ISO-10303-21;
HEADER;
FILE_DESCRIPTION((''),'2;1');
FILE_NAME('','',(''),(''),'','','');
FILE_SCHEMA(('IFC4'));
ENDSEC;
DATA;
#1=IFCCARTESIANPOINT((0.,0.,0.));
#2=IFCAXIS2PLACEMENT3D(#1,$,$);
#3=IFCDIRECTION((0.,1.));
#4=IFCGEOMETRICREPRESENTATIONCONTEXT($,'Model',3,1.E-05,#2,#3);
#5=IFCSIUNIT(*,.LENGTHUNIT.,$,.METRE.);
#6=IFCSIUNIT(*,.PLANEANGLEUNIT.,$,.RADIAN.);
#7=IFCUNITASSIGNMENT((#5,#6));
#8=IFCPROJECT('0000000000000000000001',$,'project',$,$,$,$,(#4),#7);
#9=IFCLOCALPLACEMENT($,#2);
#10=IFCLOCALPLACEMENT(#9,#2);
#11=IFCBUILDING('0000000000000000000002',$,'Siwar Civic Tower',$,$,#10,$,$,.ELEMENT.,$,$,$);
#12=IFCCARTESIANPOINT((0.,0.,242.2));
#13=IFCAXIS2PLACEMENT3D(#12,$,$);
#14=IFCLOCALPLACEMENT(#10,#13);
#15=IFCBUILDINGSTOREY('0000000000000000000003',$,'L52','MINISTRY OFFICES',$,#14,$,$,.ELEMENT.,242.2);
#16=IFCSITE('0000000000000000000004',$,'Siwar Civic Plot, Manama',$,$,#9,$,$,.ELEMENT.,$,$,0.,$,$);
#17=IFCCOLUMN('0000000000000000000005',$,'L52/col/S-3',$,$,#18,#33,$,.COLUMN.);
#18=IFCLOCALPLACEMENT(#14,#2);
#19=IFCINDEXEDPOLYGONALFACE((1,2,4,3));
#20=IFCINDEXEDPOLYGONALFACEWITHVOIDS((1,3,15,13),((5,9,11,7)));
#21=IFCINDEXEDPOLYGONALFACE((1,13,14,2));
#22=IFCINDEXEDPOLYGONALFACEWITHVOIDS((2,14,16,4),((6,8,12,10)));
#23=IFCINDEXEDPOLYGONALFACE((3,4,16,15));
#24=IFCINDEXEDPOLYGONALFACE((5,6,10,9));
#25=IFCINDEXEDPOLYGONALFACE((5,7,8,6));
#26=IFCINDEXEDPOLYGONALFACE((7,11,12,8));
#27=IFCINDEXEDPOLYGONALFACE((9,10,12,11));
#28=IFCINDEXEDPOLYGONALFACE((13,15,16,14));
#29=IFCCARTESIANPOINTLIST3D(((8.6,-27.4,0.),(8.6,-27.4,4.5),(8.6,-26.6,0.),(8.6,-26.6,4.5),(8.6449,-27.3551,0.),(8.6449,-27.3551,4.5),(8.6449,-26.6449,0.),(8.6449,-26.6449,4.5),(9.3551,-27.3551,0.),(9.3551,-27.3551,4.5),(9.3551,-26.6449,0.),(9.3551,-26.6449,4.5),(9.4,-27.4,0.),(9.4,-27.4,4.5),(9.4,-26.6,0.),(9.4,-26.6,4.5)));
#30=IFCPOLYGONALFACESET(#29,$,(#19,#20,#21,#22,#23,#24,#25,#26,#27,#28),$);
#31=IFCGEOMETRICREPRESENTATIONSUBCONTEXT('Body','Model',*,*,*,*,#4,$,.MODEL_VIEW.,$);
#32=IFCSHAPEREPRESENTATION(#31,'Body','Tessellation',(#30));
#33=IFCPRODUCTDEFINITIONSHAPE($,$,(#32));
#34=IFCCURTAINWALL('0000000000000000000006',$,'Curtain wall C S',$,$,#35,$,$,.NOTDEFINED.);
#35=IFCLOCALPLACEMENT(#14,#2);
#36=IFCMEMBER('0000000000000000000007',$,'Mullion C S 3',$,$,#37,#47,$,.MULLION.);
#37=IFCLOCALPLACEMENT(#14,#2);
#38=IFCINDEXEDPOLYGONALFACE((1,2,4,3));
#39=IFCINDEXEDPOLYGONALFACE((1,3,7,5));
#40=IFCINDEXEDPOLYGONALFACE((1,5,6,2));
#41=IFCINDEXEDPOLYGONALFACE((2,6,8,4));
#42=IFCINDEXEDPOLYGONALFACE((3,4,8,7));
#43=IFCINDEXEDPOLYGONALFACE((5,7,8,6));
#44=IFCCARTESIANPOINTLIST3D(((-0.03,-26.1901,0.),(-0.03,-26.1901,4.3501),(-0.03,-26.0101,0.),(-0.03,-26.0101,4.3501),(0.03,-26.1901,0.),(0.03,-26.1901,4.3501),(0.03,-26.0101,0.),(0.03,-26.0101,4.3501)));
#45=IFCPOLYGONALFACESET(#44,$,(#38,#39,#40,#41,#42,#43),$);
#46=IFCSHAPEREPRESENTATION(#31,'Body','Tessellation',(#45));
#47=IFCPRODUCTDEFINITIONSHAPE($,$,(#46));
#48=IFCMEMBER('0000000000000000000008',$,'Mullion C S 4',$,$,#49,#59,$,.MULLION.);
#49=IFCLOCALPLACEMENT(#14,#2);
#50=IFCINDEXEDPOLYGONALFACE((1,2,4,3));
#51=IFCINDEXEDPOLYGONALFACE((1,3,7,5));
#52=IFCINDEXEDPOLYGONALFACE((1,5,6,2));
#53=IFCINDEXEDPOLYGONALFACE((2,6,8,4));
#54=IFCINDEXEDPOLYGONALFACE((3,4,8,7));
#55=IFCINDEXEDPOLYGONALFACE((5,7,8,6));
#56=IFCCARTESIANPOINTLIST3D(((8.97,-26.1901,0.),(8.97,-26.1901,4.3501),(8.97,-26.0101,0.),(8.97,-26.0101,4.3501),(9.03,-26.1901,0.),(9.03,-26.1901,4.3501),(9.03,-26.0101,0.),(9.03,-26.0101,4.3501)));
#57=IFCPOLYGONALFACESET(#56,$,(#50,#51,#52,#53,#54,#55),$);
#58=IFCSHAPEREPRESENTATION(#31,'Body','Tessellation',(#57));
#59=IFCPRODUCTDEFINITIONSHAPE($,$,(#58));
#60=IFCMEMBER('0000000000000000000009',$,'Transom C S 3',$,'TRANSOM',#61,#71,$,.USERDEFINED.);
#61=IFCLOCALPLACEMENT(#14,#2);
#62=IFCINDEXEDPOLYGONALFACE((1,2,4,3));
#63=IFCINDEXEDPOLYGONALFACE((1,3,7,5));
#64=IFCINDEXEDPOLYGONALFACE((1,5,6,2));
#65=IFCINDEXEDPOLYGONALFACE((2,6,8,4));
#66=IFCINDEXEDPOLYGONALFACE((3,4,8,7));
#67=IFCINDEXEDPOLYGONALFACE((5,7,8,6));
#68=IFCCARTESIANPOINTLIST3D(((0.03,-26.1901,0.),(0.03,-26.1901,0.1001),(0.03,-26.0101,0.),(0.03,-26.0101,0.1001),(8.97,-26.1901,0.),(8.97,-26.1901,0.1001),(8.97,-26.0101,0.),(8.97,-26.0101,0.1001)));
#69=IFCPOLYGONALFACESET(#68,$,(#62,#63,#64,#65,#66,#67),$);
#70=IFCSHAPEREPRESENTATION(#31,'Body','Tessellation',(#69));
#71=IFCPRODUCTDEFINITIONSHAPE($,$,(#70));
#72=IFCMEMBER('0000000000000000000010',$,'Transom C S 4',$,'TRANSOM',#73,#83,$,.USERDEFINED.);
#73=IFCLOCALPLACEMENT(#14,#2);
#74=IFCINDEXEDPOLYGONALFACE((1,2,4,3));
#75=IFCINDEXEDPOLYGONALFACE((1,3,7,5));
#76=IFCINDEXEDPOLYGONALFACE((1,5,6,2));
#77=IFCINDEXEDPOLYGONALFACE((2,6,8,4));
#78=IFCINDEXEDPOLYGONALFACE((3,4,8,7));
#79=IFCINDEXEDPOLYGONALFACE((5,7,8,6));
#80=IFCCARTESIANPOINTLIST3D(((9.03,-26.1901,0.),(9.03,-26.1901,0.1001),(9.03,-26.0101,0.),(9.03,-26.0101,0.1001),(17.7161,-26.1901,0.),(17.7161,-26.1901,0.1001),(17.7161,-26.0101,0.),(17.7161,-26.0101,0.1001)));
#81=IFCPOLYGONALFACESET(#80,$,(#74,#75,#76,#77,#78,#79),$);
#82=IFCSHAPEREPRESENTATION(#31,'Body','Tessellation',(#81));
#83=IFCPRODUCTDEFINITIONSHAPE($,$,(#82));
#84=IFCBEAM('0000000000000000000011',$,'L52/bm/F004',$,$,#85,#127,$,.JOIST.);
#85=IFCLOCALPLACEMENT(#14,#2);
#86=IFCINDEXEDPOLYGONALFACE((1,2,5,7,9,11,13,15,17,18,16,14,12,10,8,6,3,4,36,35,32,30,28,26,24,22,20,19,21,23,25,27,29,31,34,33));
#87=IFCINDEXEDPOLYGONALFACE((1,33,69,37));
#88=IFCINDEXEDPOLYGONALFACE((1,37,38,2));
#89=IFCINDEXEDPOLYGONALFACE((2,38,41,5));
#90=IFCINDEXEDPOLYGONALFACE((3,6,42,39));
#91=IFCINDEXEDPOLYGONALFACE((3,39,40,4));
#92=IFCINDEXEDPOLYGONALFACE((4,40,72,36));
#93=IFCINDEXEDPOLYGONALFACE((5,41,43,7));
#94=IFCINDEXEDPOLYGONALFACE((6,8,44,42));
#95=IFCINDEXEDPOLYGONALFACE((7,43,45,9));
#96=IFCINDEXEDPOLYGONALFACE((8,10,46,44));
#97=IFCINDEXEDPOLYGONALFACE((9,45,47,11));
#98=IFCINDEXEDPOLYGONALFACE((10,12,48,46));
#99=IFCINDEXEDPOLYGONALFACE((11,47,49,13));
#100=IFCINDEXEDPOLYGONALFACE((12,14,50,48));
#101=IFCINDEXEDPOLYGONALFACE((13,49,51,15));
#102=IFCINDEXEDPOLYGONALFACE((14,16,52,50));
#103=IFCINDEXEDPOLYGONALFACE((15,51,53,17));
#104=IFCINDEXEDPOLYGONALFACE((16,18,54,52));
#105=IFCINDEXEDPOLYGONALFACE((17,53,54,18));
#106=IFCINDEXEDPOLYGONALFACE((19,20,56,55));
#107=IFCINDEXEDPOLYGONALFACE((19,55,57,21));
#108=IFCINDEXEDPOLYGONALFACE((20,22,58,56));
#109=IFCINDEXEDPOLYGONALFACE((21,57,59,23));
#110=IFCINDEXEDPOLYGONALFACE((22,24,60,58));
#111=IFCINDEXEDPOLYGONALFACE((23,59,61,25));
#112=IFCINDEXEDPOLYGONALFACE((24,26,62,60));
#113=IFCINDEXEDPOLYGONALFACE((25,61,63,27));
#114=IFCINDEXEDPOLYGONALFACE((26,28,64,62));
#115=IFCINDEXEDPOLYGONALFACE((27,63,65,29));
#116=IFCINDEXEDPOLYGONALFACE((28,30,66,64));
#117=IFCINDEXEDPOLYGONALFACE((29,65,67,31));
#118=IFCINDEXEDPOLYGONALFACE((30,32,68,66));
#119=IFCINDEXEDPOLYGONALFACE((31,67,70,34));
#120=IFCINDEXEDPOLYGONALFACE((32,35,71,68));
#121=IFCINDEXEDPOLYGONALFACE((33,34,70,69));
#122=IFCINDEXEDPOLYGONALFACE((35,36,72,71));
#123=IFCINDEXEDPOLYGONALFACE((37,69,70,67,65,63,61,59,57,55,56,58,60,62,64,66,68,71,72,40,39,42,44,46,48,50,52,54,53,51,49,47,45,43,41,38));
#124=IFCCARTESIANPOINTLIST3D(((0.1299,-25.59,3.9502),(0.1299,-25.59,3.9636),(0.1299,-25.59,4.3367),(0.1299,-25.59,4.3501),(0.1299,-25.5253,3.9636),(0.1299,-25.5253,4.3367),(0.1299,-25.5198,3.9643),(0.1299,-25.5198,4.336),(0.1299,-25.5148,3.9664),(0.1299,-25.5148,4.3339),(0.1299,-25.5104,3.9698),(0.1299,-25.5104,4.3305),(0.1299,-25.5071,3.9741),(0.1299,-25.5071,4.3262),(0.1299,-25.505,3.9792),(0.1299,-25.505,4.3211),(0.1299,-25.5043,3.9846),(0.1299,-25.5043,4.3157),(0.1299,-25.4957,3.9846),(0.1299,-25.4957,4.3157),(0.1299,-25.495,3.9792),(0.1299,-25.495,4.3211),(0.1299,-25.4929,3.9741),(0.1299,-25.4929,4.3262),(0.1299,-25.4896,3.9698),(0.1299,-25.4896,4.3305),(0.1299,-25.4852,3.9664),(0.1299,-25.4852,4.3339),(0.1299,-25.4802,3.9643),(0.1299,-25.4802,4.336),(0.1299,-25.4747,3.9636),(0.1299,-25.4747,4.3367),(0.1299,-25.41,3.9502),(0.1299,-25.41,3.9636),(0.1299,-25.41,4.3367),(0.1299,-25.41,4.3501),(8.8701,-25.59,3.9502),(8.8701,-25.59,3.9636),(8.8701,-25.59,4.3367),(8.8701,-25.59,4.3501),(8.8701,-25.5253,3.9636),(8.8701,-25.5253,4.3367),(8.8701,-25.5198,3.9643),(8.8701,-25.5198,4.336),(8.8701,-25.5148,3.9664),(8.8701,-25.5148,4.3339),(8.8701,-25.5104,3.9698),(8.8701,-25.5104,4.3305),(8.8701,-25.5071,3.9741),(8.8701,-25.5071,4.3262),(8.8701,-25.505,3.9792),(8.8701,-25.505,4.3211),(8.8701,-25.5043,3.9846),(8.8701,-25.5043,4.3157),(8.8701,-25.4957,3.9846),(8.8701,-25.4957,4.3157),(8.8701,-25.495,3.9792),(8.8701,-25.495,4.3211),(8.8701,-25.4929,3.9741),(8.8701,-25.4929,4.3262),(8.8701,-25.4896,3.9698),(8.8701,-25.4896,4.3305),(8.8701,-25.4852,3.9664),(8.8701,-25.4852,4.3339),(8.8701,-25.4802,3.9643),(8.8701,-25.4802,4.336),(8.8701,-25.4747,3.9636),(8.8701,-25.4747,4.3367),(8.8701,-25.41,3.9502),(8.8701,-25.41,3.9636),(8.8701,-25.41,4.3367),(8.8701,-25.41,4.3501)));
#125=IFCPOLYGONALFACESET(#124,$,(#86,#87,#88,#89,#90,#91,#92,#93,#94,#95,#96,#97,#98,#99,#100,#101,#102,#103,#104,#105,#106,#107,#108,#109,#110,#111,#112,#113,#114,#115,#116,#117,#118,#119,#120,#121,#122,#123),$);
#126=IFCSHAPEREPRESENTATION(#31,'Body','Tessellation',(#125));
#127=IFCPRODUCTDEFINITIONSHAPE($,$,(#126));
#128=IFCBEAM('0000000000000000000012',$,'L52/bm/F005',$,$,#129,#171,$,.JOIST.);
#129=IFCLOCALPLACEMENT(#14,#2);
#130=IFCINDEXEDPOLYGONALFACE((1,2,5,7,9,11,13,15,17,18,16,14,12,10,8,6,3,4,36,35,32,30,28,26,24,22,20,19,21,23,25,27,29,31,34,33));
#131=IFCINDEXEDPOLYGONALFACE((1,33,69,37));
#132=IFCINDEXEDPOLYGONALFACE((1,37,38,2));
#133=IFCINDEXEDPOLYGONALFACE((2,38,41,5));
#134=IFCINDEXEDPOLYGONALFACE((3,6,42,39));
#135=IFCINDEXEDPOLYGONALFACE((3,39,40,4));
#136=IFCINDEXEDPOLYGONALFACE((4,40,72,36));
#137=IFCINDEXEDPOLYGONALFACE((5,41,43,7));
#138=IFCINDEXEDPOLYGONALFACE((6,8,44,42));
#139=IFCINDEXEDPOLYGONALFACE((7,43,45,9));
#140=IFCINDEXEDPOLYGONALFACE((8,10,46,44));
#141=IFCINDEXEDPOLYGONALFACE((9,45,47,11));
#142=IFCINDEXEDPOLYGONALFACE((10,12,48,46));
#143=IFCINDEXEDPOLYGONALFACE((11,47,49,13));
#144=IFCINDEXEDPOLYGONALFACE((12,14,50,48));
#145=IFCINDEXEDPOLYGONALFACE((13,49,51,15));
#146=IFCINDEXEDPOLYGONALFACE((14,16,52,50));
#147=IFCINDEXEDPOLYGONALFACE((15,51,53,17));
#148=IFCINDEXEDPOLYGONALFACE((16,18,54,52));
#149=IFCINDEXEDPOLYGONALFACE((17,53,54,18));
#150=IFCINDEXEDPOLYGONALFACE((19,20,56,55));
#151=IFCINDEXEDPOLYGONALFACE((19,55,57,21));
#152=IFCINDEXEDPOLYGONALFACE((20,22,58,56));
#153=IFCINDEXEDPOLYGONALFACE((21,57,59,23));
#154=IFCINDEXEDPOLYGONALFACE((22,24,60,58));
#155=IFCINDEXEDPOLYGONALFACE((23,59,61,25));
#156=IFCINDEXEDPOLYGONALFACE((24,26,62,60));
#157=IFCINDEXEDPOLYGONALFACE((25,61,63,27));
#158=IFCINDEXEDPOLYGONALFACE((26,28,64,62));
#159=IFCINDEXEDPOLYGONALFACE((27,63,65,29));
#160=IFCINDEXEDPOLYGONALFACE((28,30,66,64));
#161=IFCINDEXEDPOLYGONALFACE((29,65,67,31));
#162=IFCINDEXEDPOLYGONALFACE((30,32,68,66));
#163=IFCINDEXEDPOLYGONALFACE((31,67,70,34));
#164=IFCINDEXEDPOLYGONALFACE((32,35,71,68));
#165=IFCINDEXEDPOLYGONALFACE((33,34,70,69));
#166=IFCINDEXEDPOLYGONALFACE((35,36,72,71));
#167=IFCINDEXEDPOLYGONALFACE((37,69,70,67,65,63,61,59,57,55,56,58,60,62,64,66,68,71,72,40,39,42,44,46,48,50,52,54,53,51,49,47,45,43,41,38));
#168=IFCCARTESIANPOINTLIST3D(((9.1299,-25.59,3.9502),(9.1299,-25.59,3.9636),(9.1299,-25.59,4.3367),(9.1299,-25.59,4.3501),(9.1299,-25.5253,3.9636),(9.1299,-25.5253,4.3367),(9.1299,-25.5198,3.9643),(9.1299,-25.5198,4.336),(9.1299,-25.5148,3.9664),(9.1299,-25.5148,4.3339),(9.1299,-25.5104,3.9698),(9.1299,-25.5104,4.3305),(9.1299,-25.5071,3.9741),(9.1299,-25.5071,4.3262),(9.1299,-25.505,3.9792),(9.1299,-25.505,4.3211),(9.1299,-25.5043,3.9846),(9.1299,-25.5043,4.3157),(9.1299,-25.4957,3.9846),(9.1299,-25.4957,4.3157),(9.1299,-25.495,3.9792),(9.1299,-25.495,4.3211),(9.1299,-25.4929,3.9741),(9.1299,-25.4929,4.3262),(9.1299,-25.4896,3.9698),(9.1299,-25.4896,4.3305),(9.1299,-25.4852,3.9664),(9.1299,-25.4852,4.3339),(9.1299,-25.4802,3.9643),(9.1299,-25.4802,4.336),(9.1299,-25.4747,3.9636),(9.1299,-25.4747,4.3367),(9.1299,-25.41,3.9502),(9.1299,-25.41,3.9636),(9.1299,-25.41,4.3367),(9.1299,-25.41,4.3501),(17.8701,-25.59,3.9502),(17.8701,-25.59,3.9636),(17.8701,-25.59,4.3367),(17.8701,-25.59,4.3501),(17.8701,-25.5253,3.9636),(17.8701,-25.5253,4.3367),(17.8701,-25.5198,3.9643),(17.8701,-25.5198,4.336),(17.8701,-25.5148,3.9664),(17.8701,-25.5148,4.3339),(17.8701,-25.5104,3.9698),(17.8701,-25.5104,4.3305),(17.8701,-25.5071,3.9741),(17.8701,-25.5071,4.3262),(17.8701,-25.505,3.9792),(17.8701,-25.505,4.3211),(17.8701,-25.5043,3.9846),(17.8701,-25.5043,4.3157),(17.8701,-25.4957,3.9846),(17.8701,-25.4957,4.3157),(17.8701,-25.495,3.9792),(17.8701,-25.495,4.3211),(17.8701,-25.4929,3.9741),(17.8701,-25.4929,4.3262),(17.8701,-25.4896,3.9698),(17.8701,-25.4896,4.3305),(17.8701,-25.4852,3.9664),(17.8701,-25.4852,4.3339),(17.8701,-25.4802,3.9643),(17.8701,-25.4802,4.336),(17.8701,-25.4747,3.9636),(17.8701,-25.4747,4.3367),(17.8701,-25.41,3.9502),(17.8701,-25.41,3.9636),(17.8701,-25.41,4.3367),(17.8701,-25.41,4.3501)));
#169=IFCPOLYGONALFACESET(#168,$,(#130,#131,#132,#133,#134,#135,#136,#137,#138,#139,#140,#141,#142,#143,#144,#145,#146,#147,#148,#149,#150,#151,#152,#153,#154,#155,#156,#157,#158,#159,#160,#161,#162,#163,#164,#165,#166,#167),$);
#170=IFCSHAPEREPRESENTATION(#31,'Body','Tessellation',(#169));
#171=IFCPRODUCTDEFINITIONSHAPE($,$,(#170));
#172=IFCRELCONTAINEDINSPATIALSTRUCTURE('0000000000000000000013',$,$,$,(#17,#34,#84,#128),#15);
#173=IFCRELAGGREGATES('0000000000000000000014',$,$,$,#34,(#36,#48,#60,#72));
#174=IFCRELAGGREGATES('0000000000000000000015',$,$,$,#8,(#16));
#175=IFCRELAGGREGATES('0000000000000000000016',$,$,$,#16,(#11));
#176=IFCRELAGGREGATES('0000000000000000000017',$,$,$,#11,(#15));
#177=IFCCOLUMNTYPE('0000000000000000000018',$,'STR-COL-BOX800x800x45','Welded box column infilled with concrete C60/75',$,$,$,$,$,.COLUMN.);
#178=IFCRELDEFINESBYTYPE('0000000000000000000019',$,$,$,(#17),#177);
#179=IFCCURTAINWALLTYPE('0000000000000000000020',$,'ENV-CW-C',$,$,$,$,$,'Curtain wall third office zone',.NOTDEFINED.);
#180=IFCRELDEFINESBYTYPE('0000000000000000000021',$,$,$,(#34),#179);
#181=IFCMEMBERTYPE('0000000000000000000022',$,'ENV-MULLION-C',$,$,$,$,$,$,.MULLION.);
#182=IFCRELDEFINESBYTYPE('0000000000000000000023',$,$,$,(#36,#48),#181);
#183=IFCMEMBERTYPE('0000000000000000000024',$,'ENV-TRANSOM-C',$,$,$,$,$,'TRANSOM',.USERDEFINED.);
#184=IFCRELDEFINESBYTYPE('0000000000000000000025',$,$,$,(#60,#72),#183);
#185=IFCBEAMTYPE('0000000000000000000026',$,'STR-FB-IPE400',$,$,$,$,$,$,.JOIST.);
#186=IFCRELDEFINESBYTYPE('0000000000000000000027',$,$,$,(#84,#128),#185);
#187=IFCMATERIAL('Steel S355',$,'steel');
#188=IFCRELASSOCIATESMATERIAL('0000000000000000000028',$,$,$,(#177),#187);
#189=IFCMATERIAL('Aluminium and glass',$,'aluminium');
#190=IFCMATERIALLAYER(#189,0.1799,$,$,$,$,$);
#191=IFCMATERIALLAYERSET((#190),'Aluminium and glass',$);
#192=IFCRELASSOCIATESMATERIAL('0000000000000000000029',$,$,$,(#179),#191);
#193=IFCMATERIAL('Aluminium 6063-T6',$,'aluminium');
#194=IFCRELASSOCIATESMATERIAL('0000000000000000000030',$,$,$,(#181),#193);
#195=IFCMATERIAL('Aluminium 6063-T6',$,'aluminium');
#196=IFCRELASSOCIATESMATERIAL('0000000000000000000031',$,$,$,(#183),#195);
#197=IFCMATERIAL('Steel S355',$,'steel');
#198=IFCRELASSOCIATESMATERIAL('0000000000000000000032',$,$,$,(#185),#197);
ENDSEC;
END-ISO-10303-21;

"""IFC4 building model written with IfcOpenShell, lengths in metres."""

from ifc_helpers import new_model, si_unit, direction, frame, origin, origin_2d, place, context, subcontext, project, spatial, rectangle, hollow_rectangle, i_section, extrude, material, layer, layer_set, material_profile, profile_set, type_object, element, aggregate, save


model = new_model("IFC4")

# Units and contexts
model_context = context("Model", 3, precision=1e-05, world=origin(), true_north=direction((0.0, 1.0)))
body_context = subcontext(model_context, "Body", "Model", "MODEL_VIEW")
ifc_project = project(units=[si_unit("LENGTHUNIT", "METRE"), si_unit("PLANEANGLEUNIT", "RADIAN")], contexts=[model_context])

# Site, building, storey
site_placement = place(None, origin())
site = spatial("IfcSite", under=ifc_project, at=site_placement, Name="Siwar Civic Plot, Manama", CompositionType="ELEMENT", RefElevation=0.0)
building_placement = place(site_placement, origin())
building = spatial("IfcBuilding", under=site, at=building_placement, Name="Siwar Civic Tower", CompositionType="ELEMENT")
storey_placement = place(building_placement, frame((0.0, 0.0, 242.2)))
storey = spatial("IfcBuildingStorey", under=building, at=storey_placement, Name="L52", Description="MINISTRY OFFICES", CompositionType="ELEMENT", Elevation=242.2)

# Column
ifc_material_1 = material(Name="Steel S355", Category="steel")
ifc_material_profile_1 = material_profile(ifc_material_1, hollow_rectangle(XDim=0.8, YDim=0.8, WallThickness=0.0449, at=origin_2d()), Name="BOX800x800x45")
ifc_profile_set_1 = profile_set([ifc_material_profile_1], Name="Steel S355")
column_type = type_object("IfcColumnType", Name="STR-COL-BOX800x800x45", Description="Welded box column infilled with concrete C60/75", PredefinedType="COLUMN", material=ifc_profile_set_1)
column_placement = place(storey_placement, frame((9.0, -27.0, 0.0), z_axis=(0.0, 0.0, 1.0), x_axis=(1.0, 0.0, 0.0)))
element("IfcColumn", 1, at=column_placement, inside=storey, type_object=column_type, Name="L52/col/S-3", PredefinedType="COLUMN", context=body_context, shape_type="SweptSolid", body=[
    extrude(hollow_rectangle(XDim=0.8, YDim=0.8, WallThickness=0.0449, at=origin_2d()), origin(), (0.0, 0.0, 1.0), 4.5),
])

# Curtain wall, members
ifc_material_2 = material(Name="Aluminium and glass", Category="aluminium")
ifc_layer_1 = layer(ifc_material_2, 0.1799)
ifc_layer_set_1 = layer_set([ifc_layer_1], Name="Aluminium and glass")
curtain_wall_type = type_object("IfcCurtainWallType", Name="ENV-CW-C", ElementType="Curtain wall third office zone", PredefinedType="NOTDEFINED", material=ifc_layer_set_1)
curtain_wall_placement = place(storey_placement, origin())
curtain_wall = element("IfcCurtainWall", 2, at=curtain_wall_placement, inside=storey, type_object=curtain_wall_type, Name="Curtain wall C S", PredefinedType="NOTDEFINED")
ifc_material_3 = material(Name="Aluminium 6063-T6", Category="aluminium")
ifc_material_profile_2 = material_profile(ifc_material_3, rectangle(XDim=0.1799, YDim=0.0601, at=origin_2d()), Name="AL 180x60")
ifc_profile_set_2 = profile_set([ifc_material_profile_2], Name="Aluminium 6063-T6")
member_type_1 = type_object("IfcMemberType", Name="ENV-MULLION-C", PredefinedType="MULLION", material=ifc_profile_set_2)
member_1_placement = place(storey_placement, frame((0.0, -26.1001, 0.0), z_axis=(0.0, 0.0, 1.0), x_axis=(0.0, 1.0, 0.0)))
member_1 = element("IfcMember", 3, at=member_1_placement, type_object=member_type_1, Name="Mullion C S 3", PredefinedType="MULLION", context=body_context, shape_type="SweptSolid", body=[
    extrude(rectangle(XDim=0.1799, YDim=0.0601, at=origin_2d()), origin(), (0.0, 0.0, 1.0), 4.3501),
])
member_2_placement = place(storey_placement, frame((9.0, -26.1001, 0.0), z_axis=(0.0, 0.0, 1.0), x_axis=(0.0, 1.0, 0.0)))
member_2 = element("IfcMember", 4, at=member_2_placement, type_object=member_type_1, Name="Mullion C S 4", PredefinedType="MULLION", context=body_context, shape_type="SweptSolid", body=[
    extrude(rectangle(XDim=0.1799, YDim=0.0601, at=origin_2d()), origin(), (0.0, 0.0, 1.0), 4.3501),
])
ifc_material_4 = material(Name="Aluminium 6063-T6", Category="aluminium")
ifc_material_profile_3 = material_profile(ifc_material_4, rectangle(XDim=0.1799, YDim=0.1001, at=origin_2d()), Name="AL 180x100")
ifc_profile_set_3 = profile_set([ifc_material_profile_3], Name="Aluminium 6063-T6")
member_type_2 = type_object("IfcMemberType", Name="ENV-TRANSOM-C", ElementType="TRANSOM", PredefinedType="USERDEFINED", material=ifc_profile_set_3)
member_3_placement = place(storey_placement, frame((0.03, -26.1001, 0.05), z_axis=(1.0, 0.0, 0.0), x_axis=(0.0, 1.0, 0.0)))
member_3 = element("IfcMember", 5, at=member_3_placement, type_object=member_type_2, Name="Transom C S 3", ObjectType="TRANSOM", PredefinedType="USERDEFINED", context=body_context, shape_type="SweptSolid", body=[
    extrude(rectangle(XDim=0.1799, YDim=0.1001, at=origin_2d()), origin(), (0.0, 0.0, 1.0), 8.9399),
])
member_4_placement = place(storey_placement, frame((9.03, -26.1001, 0.05), z_axis=(1.0, 0.0, 0.0), x_axis=(0.0, 1.0, 0.0)))
member_4 = element("IfcMember", 6, at=member_4_placement, type_object=member_type_2, Name="Transom C S 4", ObjectType="TRANSOM", PredefinedType="USERDEFINED", context=body_context, shape_type="SweptSolid", body=[
    extrude(rectangle(XDim=0.1799, YDim=0.1001, at=origin_2d()), origin(), (0.0, 0.0, 1.0), 8.686),
])

# Beams
ifc_material_5 = material(Name="Steel S355", Category="steel")
ifc_material_profile_4 = material_profile(ifc_material_5, i_section(OverallWidth=0.1799, OverallDepth=0.3999, WebThickness=0.0085, FlangeThickness=0.0134, FilletRadius=0.021, at=origin_2d()), Name="IPE400")
ifc_profile_set_4 = profile_set([ifc_material_profile_4], Name="Steel S355")
beam_type_1 = type_object("IfcBeamType", Name="STR-FB-IPE400", PredefinedType="JOIST", material=ifc_profile_set_4)
for number, where, z_axis, x_axis, name in (
    (7, (0.1299, -25.5, 4.1501), (1.0, 0.0, 0.0), (0.0, 1.0, 0.0), "L52/bm/F004"),
    (8, (9.1299, -25.5, 4.1501), (1.0, 0.0, 0.0), (0.0, 1.0, 0.0), "L52/bm/F005"),
):
    element("IfcBeam", number, at=place(storey_placement, frame(where, z_axis=z_axis, x_axis=x_axis)), inside=storey, type_object=beam_type_1, Name=name, PredefinedType="JOIST", context=body_context, shape_type="SweptSolid", body=[
        extrude(i_section(OverallWidth=0.1799, OverallDepth=0.3999, WebThickness=0.0085, FlangeThickness=0.0134, FilletRadius=0.021, at=origin_2d()), origin(), (0.0, 0.0, 1.0), 8.7402),
    ])

aggregate(curtain_wall, [member_1, member_2, member_3, member_4])

save(model, "model.ifc")
